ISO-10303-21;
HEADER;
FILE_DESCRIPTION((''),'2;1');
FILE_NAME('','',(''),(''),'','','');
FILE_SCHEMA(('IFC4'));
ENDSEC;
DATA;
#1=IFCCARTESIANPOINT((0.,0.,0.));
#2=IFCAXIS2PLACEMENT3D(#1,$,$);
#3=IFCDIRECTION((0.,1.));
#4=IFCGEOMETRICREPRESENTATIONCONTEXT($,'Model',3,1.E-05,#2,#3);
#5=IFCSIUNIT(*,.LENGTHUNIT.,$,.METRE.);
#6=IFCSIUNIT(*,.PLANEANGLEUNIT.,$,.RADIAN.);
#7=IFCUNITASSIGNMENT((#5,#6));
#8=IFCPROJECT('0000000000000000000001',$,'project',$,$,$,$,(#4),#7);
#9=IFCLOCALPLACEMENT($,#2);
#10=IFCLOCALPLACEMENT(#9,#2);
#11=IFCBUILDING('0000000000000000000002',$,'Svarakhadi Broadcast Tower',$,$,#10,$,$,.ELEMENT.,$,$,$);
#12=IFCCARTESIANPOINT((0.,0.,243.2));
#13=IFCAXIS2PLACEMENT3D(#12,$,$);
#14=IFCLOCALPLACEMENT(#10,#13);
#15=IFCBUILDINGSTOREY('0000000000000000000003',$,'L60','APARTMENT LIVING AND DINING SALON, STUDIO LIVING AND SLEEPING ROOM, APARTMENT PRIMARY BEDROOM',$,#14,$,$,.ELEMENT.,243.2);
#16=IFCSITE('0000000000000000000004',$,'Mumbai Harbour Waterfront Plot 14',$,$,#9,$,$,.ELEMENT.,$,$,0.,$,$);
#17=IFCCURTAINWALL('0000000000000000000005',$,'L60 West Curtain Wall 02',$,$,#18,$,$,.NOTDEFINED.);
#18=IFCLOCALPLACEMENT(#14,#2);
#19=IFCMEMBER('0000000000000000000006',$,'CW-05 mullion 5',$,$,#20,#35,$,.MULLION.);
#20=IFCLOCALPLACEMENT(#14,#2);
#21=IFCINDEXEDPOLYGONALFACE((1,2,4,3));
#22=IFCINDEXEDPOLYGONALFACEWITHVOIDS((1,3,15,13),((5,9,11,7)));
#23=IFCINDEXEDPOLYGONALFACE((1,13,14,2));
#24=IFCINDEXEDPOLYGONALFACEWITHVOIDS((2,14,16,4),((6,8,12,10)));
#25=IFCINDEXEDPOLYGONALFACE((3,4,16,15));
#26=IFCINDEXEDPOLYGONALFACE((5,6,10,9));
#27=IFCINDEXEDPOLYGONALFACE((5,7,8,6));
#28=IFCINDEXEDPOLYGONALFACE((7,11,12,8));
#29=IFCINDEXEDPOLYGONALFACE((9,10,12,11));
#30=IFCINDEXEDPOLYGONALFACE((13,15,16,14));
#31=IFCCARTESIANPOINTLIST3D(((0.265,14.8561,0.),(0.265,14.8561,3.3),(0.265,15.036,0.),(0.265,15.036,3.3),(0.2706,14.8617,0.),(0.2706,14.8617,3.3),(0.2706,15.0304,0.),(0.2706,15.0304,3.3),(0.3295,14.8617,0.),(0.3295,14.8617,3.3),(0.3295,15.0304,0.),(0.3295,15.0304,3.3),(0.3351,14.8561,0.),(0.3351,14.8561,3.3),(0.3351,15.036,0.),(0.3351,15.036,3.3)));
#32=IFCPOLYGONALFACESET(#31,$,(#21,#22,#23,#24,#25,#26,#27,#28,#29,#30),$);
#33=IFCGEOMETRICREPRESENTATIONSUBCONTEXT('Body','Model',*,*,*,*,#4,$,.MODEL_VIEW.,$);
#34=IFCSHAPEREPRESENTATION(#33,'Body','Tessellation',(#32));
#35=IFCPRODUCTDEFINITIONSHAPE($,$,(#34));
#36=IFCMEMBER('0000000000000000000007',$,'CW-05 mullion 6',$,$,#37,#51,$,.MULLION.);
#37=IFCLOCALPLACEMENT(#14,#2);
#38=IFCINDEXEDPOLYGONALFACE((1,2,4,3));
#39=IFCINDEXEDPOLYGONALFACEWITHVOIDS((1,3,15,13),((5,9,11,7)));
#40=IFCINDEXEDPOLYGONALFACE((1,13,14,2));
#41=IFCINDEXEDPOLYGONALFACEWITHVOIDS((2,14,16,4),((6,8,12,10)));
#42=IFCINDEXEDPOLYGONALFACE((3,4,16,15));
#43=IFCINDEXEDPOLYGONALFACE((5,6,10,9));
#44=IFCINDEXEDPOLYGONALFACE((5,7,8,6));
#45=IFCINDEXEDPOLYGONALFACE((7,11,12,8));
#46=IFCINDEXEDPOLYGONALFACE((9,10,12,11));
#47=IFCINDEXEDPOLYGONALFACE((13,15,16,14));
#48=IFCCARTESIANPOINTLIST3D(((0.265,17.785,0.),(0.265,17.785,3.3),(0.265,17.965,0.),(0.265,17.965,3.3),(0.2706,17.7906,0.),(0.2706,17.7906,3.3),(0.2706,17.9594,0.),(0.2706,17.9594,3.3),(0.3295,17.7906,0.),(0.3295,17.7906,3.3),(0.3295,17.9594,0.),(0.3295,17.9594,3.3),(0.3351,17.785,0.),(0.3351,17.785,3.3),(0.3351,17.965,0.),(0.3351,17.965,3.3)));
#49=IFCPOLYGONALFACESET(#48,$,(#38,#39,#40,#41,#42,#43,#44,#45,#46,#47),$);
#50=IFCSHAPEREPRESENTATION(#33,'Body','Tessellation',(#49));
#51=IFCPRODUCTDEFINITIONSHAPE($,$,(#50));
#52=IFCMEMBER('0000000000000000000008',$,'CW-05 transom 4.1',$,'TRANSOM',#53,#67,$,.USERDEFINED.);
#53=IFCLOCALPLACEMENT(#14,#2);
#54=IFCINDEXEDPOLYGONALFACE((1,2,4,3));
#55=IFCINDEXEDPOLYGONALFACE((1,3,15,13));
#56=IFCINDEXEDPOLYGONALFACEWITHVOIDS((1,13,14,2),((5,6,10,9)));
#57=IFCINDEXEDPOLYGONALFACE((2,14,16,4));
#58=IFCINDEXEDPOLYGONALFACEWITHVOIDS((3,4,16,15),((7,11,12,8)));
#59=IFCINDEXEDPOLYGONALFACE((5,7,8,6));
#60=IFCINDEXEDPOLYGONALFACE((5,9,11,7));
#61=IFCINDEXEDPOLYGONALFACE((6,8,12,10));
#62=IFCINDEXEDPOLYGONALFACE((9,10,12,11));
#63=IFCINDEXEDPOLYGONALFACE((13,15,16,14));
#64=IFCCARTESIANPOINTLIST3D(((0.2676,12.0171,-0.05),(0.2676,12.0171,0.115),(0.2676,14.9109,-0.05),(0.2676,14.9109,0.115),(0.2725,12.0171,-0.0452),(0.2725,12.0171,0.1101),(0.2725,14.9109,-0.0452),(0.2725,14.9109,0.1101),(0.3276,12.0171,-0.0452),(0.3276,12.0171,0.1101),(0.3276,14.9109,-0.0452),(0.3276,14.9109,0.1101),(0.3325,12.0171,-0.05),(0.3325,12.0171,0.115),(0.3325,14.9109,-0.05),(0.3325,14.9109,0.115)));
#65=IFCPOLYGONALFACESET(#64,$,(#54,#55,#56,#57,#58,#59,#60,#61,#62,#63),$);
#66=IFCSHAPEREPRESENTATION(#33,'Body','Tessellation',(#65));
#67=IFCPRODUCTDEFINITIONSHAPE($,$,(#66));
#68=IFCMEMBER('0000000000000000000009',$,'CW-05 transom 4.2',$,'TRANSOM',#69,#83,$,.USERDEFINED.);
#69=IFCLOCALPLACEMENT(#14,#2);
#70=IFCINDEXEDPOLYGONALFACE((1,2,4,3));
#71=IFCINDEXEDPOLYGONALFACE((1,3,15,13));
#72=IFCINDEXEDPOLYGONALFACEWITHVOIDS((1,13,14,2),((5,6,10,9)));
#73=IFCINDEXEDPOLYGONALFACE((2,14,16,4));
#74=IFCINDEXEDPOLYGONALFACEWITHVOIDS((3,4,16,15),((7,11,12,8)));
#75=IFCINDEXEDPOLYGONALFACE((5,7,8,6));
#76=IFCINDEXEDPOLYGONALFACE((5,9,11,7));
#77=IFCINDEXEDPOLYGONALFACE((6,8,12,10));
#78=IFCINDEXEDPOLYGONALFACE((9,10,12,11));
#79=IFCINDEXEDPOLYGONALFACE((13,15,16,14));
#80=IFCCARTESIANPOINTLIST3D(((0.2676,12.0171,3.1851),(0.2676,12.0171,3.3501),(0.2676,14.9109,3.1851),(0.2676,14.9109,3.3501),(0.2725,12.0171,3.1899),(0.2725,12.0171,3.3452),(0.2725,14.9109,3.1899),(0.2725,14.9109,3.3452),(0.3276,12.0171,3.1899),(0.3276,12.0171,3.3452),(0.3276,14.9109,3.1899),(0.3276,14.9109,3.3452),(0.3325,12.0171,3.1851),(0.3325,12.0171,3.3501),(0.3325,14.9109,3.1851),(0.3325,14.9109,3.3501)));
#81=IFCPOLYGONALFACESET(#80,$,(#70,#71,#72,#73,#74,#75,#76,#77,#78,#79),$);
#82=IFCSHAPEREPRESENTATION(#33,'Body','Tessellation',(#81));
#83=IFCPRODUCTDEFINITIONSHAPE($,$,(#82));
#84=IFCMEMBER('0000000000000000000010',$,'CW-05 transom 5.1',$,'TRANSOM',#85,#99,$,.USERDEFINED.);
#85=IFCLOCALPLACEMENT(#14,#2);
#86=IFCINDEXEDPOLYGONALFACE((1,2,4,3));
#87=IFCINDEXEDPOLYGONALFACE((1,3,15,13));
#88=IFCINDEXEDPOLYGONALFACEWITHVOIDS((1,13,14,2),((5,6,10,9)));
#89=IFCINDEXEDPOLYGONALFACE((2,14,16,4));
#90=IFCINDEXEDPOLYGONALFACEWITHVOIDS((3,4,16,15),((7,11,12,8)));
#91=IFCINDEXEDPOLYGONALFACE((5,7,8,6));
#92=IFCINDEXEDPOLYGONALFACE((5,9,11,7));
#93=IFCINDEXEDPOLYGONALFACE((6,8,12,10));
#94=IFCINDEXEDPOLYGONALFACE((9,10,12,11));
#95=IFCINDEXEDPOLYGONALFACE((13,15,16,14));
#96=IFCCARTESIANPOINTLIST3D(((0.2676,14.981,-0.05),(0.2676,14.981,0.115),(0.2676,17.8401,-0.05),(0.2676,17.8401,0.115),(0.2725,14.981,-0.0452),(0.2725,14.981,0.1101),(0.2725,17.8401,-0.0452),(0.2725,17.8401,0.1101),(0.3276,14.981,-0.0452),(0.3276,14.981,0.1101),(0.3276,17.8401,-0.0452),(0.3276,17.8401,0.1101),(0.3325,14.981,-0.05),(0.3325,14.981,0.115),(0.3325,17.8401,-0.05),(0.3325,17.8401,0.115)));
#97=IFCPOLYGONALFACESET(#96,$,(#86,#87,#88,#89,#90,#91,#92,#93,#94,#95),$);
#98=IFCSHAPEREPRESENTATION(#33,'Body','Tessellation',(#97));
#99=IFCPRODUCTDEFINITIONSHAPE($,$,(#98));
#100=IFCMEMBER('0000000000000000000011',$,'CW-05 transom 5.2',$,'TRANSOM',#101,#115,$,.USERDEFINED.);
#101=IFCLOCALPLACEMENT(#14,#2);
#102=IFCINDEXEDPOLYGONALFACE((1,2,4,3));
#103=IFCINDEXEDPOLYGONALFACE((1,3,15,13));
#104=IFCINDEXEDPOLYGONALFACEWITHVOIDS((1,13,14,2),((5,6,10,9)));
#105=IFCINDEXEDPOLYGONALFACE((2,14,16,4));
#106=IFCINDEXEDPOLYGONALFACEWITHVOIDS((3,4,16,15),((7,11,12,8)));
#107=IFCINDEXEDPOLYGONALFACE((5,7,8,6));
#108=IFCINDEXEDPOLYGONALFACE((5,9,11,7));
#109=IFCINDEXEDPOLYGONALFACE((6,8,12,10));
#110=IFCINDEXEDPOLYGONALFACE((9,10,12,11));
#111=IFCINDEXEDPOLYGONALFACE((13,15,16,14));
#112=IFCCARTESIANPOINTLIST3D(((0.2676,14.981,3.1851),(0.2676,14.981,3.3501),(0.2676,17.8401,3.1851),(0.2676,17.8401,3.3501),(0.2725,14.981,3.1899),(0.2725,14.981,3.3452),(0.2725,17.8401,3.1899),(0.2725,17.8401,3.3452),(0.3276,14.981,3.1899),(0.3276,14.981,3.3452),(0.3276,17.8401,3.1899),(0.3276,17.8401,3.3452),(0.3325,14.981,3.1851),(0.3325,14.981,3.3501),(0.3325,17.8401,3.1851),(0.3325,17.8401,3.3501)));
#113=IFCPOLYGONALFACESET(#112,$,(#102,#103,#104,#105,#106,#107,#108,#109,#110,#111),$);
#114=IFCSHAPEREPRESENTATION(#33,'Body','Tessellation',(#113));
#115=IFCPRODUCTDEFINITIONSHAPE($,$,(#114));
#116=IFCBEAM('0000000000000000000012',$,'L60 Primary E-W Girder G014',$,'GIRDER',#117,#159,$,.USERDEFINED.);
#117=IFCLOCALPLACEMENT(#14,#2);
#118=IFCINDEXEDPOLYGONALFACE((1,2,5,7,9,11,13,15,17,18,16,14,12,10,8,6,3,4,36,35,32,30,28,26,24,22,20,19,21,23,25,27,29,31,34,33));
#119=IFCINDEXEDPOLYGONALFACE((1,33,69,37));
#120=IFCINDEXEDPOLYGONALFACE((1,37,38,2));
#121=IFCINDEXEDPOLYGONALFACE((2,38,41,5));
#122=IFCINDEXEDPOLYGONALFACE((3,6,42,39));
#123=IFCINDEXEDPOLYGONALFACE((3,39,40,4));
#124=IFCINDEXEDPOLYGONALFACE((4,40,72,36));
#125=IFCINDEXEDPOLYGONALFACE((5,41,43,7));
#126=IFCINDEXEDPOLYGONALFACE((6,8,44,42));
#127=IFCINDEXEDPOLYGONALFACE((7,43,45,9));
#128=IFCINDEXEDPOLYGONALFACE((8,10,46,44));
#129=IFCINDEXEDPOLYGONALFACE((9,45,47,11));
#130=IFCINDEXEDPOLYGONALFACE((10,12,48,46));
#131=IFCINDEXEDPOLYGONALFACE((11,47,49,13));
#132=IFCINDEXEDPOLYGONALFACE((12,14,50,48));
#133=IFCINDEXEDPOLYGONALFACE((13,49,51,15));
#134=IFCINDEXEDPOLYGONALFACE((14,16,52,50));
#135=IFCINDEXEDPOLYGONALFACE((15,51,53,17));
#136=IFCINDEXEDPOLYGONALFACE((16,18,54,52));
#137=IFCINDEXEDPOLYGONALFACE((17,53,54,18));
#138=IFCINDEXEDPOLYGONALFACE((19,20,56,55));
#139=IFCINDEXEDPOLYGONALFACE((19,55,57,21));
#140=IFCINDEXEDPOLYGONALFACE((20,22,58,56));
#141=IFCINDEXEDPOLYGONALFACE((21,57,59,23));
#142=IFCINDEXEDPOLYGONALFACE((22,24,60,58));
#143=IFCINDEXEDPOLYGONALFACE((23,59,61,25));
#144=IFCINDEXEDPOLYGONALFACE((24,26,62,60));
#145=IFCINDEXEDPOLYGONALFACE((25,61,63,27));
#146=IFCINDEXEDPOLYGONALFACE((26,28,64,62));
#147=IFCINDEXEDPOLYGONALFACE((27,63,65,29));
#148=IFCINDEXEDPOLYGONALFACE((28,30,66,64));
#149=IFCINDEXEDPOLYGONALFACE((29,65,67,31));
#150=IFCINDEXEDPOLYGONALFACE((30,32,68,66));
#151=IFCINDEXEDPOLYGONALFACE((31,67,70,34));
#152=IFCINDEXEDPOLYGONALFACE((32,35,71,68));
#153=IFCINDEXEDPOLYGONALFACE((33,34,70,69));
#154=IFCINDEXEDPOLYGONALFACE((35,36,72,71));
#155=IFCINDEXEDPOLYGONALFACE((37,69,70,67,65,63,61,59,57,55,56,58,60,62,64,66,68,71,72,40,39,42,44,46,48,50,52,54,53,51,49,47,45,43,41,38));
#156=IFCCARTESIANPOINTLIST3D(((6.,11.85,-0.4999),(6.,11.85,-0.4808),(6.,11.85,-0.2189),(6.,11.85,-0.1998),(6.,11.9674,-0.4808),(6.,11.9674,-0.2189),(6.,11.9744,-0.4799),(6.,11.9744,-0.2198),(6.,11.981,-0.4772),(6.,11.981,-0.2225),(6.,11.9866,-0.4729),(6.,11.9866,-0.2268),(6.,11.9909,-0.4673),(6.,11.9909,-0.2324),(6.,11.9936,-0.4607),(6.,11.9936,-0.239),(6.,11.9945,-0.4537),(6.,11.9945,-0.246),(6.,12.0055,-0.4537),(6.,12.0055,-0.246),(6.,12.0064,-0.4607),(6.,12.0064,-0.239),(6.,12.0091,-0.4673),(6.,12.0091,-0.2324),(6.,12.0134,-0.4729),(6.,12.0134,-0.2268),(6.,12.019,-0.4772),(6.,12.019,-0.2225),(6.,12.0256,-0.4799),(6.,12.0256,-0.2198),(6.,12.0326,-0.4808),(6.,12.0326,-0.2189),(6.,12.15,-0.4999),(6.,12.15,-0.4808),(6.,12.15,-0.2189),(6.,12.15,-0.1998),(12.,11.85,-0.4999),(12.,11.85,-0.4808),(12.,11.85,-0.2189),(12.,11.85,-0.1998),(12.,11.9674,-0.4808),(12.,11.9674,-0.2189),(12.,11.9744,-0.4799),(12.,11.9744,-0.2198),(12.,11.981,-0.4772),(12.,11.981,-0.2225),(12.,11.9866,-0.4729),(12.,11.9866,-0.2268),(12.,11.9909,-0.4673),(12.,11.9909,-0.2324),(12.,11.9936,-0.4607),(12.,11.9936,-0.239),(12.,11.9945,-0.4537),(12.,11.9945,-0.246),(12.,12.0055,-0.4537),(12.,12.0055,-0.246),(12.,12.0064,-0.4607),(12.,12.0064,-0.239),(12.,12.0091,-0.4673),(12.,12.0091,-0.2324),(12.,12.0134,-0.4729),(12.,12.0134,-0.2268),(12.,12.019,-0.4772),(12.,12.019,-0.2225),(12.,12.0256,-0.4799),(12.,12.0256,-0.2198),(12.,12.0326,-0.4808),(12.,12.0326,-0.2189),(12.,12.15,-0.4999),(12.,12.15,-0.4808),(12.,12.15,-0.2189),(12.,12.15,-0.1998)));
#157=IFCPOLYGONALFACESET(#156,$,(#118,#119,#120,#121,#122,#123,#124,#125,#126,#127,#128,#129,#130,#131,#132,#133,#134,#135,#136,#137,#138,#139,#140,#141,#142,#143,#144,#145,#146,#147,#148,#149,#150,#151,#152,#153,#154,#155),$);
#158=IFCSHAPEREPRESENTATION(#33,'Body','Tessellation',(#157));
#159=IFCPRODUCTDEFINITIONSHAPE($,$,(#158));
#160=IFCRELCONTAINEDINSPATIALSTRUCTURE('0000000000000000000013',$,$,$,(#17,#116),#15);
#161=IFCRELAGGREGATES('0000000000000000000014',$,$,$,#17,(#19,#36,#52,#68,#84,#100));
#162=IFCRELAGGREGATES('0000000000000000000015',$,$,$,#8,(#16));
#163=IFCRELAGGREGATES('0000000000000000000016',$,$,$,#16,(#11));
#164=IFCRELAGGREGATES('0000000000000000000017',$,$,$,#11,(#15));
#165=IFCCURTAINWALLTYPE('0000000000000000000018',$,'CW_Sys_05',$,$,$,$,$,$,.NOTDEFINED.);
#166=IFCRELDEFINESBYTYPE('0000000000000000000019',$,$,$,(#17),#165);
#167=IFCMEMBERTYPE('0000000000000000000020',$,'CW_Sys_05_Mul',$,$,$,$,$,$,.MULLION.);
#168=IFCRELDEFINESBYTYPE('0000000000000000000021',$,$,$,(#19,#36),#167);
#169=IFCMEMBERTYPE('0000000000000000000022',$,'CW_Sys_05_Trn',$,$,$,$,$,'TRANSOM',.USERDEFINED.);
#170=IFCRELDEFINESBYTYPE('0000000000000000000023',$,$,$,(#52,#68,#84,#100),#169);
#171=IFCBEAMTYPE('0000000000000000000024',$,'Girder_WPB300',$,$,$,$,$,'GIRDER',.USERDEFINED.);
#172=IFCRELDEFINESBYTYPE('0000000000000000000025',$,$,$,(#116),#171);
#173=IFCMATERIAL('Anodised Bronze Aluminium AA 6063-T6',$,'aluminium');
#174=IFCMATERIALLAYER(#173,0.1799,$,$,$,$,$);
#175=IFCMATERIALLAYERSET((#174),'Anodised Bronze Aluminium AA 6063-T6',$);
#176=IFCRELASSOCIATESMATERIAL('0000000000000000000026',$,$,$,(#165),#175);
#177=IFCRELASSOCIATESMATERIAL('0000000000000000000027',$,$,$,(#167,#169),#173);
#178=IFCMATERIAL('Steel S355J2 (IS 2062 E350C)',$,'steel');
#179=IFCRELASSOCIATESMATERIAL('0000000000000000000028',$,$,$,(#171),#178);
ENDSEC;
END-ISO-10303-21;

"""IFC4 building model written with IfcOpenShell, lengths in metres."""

from ifc_helpers import new_model, si_unit, direction, frame, origin, origin_2d, place, context, subcontext, project, spatial, hollow_rectangle, i_section, extrude, material, layer, layer_set, material_profile, profile_set, type_object, element, aggregate, save


model = new_model("IFC4")

# Units and contexts
model_context = context("Model", 3, precision=1e-05, world=origin(), true_north=direction((0.0, 1.0)))
body_context = subcontext(model_context, "Body", "Model", "MODEL_VIEW")
ifc_project = project(units=[si_unit("LENGTHUNIT", "METRE"), si_unit("PLANEANGLEUNIT", "RADIAN")], contexts=[model_context])

# Site, building, storey
site_placement = place(None, origin())
site = spatial("IfcSite", under=ifc_project, at=site_placement, Name="Mumbai Harbour Waterfront Plot 14", CompositionType="ELEMENT", RefElevation=0.0)
building_placement = place(site_placement, origin())
building = spatial("IfcBuilding", under=site, at=building_placement, Name="Svarakhadi Broadcast Tower", CompositionType="ELEMENT")
storey_placement = place(building_placement, frame((0.0, 0.0, 243.2)))
storey = spatial("IfcBuildingStorey", under=building, at=storey_placement, Name="L60", Description="APARTMENT LIVING AND DINING SALON, STUDIO LIVING AND SLEEPING ROOM, APARTMENT PRIMARY BEDROOM", CompositionType="ELEMENT", Elevation=243.2)

# Shared definitions
ifc_material_1 = material(Name="Steel S355J2 (IS 2062 E350C)", Category="steel")

# Curtain wall, members
ifc_material_2 = material(Name="Anodised Bronze Aluminium AA 6063-T6", Category="aluminium")
ifc_layer_1 = layer(ifc_material_2, 0.1799)
ifc_layer_set_1 = layer_set([ifc_layer_1], Name="Anodised Bronze Aluminium AA 6063-T6")
curtain_wall_type = type_object("IfcCurtainWallType", Name="CW_Sys_05", PredefinedType="NOTDEFINED", material=ifc_layer_set_1)
curtain_wall_placement = place(storey_placement, origin())
curtain_wall = element("IfcCurtainWall", 1, at=curtain_wall_placement, inside=storey, type_object=curtain_wall_type, Name="L60 West Curtain Wall 02", PredefinedType="NOTDEFINED")
ifc_material_profile_1 = material_profile(ifc_material_2, hollow_rectangle(XDim=0.0701, YDim=0.1799, WallThickness=0.0056, at=origin_2d()), Name="ALU MULLION 180x70x6")
ifc_profile_set_1 = profile_set([ifc_material_profile_1], Name="Anodised Bronze Aluminium AA 6063-T6")
member_type_1 = type_object("IfcMemberType", Name="CW_Sys_05_Mul", PredefinedType="MULLION", material=ifc_profile_set_1)
member_1_placement = place(storey_placement, frame((0.3, 14.946, 0.0), z_axis=(0.0, 0.0, 1.0), x_axis=(-1.0, 0.0, 0.0)))
member_1 = element("IfcMember", 2, at=member_1_placement, type_object=member_type_1, Name="CW-05 mullion 5", PredefinedType="MULLION", context=body_context, shape_type="SweptSolid", body=[
    extrude(hollow_rectangle(XDim=0.0701, YDim=0.1799, WallThickness=0.0056, at=origin_2d()), origin(), (0.0, 0.0, 1.0), 3.3),
])
member_2_placement = place(storey_placement, frame((0.3, 17.875, 0.0), z_axis=(0.0, 0.0, 1.0), x_axis=(-1.0, 0.0, 0.0)))
member_2 = element("IfcMember", 3, at=member_2_placement, type_object=member_type_1, Name="CW-05 mullion 6", PredefinedType="MULLION", context=body_context, shape_type="SweptSolid", body=[
    extrude(hollow_rectangle(XDim=0.0701, YDim=0.1799, WallThickness=0.0056, at=origin_2d()), origin(), (0.0, 0.0, 1.0), 3.3),
])
ifc_material_profile_2 = material_profile(ifc_material_2, hollow_rectangle(XDim=0.0649, YDim=0.165, WallThickness=0.0049, at=origin_2d()), Name="ALU TRANSOM 165x65x5")
ifc_profile_set_2 = profile_set([ifc_material_profile_2], Name="Anodised Bronze Aluminium AA 6063-T6")
member_type_2 = type_object("IfcMemberType", Name="CW_Sys_05_Trn", ElementType="TRANSOM", PredefinedType="USERDEFINED", material=ifc_profile_set_2)
member_3_placement = place(storey_placement, frame((0.3, 12.0171, 0.0325), z_axis=(0.0, 1.0, 0.0), x_axis=(-1.0, 0.0, 0.0)))
member_3 = element("IfcMember", 4, at=member_3_placement, type_object=member_type_2, Name="CW-05 transom 4.1", ObjectType="TRANSOM", PredefinedType="USERDEFINED", context=body_context, shape_type="SweptSolid", body=[
    extrude(hollow_rectangle(XDim=0.0649, YDim=0.165, WallThickness=0.0049, at=origin_2d()), origin(), (0.0, 0.0, 1.0), 2.8938),
])
member_4_placement = place(storey_placement, frame((0.3, 12.0171, 3.2676), z_axis=(0.0, 1.0, 0.0), x_axis=(-1.0, 0.0, 0.0)))
member_4 = element("IfcMember", 5, at=member_4_placement, type_object=member_type_2, Name="CW-05 transom 4.2", ObjectType="TRANSOM", PredefinedType="USERDEFINED", context=body_context, shape_type="SweptSolid", body=[
    extrude(hollow_rectangle(XDim=0.0649, YDim=0.165, WallThickness=0.0049, at=origin_2d()), origin(), (0.0, 0.0, 1.0), 2.8938),
])
member_5_placement = place(storey_placement, frame((0.3, 14.981, 0.0325), z_axis=(0.0, 1.0, 0.0), x_axis=(-1.0, 0.0, 0.0)))
member_5 = element("IfcMember", 6, at=member_5_placement, type_object=member_type_2, Name="CW-05 transom 5.1", ObjectType="TRANSOM", PredefinedType="USERDEFINED", context=body_context, shape_type="SweptSolid", body=[
    extrude(hollow_rectangle(XDim=0.0649, YDim=0.165, WallThickness=0.0049, at=origin_2d()), origin(), (0.0, 0.0, 1.0), 2.8591),
])
member_6_placement = place(storey_placement, frame((0.3, 14.981, 3.2676), z_axis=(0.0, 1.0, 0.0), x_axis=(-1.0, 0.0, 0.0)))
member_6 = element("IfcMember", 7, at=member_6_placement, type_object=member_type_2, Name="CW-05 transom 5.2", ObjectType="TRANSOM", PredefinedType="USERDEFINED", context=body_context, shape_type="SweptSolid", body=[
    extrude(hollow_rectangle(XDim=0.0649, YDim=0.165, WallThickness=0.0049, at=origin_2d()), origin(), (0.0, 0.0, 1.0), 2.8591),
])

# Beam
ifc_material_profile_3 = material_profile(ifc_material_1, i_section(OverallWidth=0.3, OverallDepth=0.3, WebThickness=0.011, FlangeThickness=0.019, FilletRadius=0.0271, at=origin_2d()), Name="WPB 300x300x117")
ifc_profile_set_3 = profile_set([ifc_material_profile_3], Name="Steel S355J2 (IS 2062 E350C)")
beam_type_1 = type_object("IfcBeamType", Name="Girder_WPB300", ElementType="GIRDER", PredefinedType="USERDEFINED", material=ifc_profile_set_3)
beam_1_placement = place(storey_placement, frame((6.0, 12.0, -0.3499), z_axis=(1.0, 0.0, 0.0), x_axis=(0.0, 1.0, 0.0)))
element("IfcBeam", 8, at=beam_1_placement, inside=storey, type_object=beam_type_1, Name="L60 Primary E-W Girder G014", ObjectType="GIRDER", PredefinedType="USERDEFINED", context=body_context, shape_type="SweptSolid", body=[
    extrude(i_section(OverallWidth=0.3, OverallDepth=0.3, WebThickness=0.011, FlangeThickness=0.019, FilletRadius=0.0271, at=origin_2d()), origin(), (0.0, 0.0, 1.0), 6.0),
])

aggregate(curtain_wall, [member_1, member_2, member_3, member_4, member_5, member_6])

save(model, "model.ifc")
